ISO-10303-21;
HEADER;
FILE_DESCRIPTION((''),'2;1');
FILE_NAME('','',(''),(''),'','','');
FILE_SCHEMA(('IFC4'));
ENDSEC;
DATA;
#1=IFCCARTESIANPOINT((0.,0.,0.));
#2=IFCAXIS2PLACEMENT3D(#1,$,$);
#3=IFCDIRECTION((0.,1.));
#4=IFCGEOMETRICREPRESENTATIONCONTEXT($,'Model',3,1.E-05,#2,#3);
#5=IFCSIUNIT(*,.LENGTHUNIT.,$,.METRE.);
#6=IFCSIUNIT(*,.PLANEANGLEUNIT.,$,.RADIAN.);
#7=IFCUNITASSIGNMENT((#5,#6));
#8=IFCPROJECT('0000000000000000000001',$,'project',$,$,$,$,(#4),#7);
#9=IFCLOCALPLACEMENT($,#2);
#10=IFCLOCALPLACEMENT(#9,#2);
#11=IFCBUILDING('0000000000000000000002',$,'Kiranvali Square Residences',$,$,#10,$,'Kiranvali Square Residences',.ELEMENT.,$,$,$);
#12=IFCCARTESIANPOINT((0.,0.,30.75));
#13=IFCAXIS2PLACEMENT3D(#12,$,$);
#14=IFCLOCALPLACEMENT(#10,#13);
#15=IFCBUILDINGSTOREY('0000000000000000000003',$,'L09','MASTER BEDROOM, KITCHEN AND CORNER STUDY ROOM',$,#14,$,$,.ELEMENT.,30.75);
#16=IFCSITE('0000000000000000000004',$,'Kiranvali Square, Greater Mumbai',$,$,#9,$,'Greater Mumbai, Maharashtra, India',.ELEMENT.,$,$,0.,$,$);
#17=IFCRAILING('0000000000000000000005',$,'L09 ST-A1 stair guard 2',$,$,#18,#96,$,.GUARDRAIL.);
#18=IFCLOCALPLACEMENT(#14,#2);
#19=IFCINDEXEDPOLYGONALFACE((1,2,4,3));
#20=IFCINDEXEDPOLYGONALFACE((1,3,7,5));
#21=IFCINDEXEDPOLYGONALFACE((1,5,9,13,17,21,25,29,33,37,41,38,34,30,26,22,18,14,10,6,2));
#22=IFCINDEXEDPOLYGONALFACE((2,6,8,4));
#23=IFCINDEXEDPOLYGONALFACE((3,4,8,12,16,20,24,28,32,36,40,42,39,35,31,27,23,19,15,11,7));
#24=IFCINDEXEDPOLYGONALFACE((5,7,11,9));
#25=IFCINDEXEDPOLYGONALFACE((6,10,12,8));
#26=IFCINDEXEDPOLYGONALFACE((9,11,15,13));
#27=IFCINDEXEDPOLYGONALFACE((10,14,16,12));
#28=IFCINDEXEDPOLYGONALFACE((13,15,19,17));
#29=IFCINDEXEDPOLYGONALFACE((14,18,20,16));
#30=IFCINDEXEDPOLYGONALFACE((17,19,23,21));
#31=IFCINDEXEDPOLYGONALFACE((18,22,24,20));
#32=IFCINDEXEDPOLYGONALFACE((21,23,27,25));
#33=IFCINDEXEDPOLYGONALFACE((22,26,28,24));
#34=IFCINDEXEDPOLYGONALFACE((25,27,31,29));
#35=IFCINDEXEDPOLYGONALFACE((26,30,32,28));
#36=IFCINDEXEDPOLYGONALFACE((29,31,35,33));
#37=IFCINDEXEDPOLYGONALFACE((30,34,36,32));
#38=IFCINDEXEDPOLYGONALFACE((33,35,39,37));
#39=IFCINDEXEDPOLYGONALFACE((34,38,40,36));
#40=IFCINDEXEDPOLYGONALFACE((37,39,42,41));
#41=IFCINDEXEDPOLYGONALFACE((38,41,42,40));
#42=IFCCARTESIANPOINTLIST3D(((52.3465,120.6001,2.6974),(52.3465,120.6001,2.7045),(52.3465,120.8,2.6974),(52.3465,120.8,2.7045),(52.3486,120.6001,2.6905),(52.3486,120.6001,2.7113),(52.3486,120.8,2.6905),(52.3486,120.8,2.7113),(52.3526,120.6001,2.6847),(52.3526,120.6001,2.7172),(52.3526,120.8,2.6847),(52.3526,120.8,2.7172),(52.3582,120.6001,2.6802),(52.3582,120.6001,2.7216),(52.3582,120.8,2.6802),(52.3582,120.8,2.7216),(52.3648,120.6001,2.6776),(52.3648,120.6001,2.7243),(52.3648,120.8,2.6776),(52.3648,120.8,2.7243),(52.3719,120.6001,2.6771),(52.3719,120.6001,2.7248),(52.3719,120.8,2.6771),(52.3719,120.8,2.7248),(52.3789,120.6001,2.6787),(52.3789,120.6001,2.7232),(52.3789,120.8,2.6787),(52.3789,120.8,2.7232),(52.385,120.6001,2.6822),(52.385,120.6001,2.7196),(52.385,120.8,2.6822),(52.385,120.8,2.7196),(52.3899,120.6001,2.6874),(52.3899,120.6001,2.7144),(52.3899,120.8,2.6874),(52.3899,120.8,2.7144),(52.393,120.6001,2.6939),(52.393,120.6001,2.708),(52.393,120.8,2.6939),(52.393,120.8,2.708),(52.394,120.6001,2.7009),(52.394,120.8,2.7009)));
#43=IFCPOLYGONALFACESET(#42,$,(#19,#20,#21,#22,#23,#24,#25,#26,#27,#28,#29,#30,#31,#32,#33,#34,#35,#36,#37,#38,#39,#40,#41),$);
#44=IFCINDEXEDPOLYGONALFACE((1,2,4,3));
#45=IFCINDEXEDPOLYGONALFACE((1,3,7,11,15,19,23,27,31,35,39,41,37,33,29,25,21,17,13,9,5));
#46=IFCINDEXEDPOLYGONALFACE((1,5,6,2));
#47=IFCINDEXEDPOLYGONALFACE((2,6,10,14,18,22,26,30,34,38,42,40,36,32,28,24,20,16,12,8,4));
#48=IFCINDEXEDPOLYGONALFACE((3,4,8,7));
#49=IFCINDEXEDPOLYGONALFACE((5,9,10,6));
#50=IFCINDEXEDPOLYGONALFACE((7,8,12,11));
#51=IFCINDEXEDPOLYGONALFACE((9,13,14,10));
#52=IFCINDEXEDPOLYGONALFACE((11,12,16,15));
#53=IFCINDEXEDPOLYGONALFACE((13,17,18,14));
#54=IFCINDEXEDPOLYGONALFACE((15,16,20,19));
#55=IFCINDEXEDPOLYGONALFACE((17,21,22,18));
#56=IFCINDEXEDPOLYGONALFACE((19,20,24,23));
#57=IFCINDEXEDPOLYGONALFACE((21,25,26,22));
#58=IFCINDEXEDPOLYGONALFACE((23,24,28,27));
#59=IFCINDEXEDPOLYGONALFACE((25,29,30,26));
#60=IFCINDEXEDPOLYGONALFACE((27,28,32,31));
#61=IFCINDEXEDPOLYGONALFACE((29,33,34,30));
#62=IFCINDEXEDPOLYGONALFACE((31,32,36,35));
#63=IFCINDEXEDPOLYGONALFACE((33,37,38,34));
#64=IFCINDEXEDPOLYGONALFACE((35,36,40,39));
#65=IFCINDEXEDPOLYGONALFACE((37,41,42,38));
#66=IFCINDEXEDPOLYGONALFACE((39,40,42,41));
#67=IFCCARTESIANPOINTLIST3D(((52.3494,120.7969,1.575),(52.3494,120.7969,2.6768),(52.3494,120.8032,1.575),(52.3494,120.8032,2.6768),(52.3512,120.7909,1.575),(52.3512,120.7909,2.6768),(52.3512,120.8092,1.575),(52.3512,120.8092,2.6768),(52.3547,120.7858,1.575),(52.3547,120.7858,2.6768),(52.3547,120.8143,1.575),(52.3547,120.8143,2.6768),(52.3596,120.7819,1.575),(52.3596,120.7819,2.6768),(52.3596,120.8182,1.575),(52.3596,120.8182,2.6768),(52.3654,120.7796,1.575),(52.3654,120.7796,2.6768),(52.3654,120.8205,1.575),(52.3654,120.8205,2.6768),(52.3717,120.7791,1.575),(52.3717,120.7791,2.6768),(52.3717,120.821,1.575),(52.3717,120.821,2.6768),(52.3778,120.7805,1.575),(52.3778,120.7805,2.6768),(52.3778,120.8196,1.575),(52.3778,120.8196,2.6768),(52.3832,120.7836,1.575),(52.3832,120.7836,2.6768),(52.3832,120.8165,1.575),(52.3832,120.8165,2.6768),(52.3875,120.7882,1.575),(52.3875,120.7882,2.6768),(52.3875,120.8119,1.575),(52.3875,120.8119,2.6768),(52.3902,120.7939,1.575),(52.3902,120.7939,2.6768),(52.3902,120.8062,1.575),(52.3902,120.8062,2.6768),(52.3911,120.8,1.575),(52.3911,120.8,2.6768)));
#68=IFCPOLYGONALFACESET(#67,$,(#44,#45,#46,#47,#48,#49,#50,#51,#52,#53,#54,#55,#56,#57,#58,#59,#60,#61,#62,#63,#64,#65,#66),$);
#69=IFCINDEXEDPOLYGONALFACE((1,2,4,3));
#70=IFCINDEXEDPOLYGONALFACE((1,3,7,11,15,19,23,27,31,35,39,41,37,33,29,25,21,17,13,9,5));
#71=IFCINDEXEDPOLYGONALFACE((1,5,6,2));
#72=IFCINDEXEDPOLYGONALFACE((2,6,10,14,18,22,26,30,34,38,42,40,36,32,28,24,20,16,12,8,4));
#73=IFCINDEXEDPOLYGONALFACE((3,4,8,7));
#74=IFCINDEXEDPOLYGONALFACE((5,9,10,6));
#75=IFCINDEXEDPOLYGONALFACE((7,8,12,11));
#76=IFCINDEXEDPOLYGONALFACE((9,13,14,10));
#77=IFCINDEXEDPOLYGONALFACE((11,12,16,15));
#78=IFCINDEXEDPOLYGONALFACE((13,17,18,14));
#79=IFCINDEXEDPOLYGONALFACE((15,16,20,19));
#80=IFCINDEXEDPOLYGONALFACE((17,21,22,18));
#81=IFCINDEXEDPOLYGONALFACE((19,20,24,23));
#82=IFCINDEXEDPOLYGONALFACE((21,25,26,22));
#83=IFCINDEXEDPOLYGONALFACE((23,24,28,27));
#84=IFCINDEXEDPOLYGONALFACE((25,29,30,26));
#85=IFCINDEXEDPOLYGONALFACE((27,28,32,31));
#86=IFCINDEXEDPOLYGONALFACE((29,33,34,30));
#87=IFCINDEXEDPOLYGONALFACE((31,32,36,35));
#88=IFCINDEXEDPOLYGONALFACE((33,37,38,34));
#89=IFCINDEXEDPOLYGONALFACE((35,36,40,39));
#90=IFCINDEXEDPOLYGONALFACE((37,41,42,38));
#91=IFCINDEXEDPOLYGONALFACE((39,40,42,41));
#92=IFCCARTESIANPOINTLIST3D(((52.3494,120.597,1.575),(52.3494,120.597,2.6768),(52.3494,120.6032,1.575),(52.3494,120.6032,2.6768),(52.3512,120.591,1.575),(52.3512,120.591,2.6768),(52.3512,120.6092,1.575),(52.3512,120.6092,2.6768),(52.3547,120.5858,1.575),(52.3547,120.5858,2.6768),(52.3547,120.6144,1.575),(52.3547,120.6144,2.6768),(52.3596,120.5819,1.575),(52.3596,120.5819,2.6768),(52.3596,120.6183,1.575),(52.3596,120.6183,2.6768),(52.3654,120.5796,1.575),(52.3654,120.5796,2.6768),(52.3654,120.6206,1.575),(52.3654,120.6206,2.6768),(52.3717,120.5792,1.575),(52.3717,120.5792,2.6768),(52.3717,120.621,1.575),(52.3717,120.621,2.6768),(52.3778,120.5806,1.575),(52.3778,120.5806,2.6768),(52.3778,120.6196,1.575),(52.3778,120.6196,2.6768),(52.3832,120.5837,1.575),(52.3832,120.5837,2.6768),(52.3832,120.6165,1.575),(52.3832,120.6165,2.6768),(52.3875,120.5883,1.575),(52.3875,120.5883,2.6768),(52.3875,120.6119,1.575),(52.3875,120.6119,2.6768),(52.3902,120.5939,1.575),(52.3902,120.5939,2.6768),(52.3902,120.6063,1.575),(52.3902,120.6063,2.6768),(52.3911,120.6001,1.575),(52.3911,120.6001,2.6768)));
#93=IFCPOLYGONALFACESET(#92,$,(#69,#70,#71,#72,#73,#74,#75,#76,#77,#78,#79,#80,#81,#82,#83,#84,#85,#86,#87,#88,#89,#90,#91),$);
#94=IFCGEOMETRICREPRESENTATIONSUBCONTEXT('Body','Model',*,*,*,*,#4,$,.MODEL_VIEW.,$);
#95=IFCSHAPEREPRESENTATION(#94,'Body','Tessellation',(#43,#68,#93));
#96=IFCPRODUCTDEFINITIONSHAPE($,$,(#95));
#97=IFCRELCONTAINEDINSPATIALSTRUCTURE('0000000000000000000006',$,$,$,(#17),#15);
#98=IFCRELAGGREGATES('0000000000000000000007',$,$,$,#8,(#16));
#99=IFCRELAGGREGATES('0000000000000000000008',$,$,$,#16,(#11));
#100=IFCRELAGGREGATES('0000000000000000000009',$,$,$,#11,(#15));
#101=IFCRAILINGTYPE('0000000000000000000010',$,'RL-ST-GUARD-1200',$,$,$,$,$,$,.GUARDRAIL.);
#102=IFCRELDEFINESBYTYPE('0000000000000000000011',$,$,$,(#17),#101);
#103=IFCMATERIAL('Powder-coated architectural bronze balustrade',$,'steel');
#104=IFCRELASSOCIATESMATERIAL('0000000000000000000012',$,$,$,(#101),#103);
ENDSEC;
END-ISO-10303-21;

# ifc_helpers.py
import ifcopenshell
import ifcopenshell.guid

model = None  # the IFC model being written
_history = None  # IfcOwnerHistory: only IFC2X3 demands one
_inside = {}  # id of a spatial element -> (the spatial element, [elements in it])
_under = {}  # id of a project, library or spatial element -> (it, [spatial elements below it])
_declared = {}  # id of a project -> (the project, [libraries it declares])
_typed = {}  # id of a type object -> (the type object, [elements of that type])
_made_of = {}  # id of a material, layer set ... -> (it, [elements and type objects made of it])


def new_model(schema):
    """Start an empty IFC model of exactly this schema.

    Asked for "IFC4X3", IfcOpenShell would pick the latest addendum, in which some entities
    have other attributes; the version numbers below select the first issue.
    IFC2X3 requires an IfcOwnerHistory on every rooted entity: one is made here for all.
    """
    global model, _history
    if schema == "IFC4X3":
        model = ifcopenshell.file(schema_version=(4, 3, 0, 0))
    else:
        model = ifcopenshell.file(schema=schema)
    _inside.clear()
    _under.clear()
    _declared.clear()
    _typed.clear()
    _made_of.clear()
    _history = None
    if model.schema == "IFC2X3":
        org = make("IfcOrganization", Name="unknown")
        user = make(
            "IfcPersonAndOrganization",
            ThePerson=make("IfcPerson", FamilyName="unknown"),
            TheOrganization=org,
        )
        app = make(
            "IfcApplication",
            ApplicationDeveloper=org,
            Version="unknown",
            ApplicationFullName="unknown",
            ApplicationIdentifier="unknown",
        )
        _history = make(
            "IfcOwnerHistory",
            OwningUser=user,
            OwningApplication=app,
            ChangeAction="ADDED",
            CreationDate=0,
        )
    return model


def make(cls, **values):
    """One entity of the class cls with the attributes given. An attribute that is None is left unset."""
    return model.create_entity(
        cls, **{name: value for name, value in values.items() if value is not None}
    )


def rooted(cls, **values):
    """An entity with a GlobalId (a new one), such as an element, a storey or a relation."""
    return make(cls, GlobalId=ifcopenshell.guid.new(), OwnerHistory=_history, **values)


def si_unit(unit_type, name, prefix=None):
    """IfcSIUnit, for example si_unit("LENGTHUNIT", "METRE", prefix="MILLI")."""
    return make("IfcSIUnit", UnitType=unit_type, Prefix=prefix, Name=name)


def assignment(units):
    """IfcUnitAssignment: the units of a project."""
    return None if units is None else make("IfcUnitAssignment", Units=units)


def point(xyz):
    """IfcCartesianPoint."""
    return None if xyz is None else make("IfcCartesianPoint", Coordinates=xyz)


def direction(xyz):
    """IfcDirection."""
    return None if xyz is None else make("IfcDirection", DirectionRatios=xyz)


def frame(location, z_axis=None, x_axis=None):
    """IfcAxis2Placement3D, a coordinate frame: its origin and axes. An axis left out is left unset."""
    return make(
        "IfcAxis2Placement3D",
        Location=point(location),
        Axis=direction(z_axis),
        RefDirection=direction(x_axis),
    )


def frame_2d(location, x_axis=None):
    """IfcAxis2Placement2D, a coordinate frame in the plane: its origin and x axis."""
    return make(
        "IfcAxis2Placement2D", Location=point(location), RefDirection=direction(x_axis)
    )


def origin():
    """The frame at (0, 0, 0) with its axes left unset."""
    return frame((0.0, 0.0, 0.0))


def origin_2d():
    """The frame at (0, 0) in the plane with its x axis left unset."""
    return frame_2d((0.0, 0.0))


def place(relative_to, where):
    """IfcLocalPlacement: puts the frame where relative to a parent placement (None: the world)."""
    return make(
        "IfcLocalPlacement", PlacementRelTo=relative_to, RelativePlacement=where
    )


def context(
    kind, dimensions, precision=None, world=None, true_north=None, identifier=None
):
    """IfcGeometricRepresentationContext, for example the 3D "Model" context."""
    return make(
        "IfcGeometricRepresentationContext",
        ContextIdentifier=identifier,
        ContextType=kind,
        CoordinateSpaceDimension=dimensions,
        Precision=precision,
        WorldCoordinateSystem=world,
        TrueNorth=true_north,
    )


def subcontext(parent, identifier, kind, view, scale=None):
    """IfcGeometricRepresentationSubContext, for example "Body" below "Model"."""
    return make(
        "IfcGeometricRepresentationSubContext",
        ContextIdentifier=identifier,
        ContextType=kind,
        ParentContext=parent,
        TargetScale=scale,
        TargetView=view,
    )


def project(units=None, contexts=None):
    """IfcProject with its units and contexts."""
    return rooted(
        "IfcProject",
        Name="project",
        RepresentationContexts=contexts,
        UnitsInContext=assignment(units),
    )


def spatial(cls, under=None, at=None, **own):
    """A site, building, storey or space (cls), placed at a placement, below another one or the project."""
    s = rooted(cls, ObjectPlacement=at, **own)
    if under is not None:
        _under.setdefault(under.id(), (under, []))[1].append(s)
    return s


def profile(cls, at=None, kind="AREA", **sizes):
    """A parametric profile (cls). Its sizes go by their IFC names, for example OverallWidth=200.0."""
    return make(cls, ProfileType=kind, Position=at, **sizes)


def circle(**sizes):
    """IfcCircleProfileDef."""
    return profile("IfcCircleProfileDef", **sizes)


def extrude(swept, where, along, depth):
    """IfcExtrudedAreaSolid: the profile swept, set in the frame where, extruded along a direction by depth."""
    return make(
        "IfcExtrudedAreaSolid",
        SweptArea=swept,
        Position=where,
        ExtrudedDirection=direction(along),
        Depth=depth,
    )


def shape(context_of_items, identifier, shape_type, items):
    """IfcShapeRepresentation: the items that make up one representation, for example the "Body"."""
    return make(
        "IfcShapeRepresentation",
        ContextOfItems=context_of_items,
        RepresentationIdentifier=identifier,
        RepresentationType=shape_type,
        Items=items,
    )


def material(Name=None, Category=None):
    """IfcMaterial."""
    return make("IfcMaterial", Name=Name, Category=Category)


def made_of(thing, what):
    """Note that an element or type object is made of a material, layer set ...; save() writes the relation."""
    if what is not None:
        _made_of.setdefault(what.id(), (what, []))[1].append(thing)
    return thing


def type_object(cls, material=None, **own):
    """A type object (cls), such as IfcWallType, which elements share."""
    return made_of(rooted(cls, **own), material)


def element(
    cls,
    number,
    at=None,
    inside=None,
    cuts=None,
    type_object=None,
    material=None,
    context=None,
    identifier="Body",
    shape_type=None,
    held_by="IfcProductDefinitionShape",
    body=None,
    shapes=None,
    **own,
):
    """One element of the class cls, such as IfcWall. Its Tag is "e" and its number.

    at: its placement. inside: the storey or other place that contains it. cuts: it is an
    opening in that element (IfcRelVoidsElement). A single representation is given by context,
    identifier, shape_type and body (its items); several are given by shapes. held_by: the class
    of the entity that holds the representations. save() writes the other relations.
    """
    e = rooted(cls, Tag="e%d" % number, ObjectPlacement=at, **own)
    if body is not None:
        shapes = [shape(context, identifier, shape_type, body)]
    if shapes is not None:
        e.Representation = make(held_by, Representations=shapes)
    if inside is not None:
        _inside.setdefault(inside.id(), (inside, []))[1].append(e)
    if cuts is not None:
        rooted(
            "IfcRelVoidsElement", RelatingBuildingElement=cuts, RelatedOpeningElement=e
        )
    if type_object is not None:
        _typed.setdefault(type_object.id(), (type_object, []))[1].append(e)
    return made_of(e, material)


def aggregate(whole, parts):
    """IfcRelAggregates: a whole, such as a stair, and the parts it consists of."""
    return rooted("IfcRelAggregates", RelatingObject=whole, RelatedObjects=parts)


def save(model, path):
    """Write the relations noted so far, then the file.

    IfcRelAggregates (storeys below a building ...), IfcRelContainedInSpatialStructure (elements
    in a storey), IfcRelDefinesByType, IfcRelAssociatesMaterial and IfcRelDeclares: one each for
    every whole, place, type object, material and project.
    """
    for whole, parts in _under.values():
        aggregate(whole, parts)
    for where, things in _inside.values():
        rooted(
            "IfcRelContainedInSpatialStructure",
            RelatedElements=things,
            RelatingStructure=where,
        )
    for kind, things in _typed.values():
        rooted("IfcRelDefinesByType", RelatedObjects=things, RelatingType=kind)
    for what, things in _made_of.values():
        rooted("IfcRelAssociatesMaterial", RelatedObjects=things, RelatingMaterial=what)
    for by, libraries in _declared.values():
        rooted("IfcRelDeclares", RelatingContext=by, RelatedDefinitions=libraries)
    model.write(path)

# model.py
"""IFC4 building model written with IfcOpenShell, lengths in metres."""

from ifc_helpers import new_model, si_unit, direction, frame, origin, origin_2d, place, context, subcontext, project, spatial, circle, extrude, material, type_object, element, save


model = new_model("IFC4")

# Units and contexts
model_context = context("Model", 3, precision=1e-05, world=origin(), true_north=direction((0.0, 1.0)))
body_context = subcontext(model_context, "Body", "Model", "MODEL_VIEW")
ifc_project = project(units=[si_unit("LENGTHUNIT", "METRE"), si_unit("PLANEANGLEUNIT", "RADIAN")], contexts=[model_context])

# Site, building, storey
site_placement = place(None, origin())
site = spatial("IfcSite", under=ifc_project, at=site_placement, Name="Kiranvali Square, Greater Mumbai", LongName="Greater Mumbai, Maharashtra, India", CompositionType="ELEMENT", RefElevation=0.0)
building_placement = place(site_placement, origin())
building = spatial("IfcBuilding", under=site, at=building_placement, Name="Kiranvali Square Residences", LongName="Kiranvali Square Residences", CompositionType="ELEMENT")
storey_placement = place(building_placement, frame((0.0, 0.0, 30.75)))
storey = spatial("IfcBuildingStorey", under=building, at=storey_placement, Name="L09", Description="MASTER BEDROOM, KITCHEN AND CORNER STUDY ROOM", CompositionType="ELEMENT", Elevation=30.75)

# Railing
ifc_material_1 = material(Name="Powder-coated architectural bronze balustrade", Category="steel")
railing_type_1 = type_object("IfcRailingType", Name="RL-ST-GUARD-1200", PredefinedType="GUARDRAIL", material=ifc_material_1)
railing_1_placement = place(storey_placement, frame((52.3701, 120.8, 1.575)))
element("IfcRailing", 1, at=railing_1_placement, inside=storey, type_object=railing_type_1, Name="L09 ST-A1 stair guard 2", PredefinedType="GUARDRAIL", context=body_context, shape_type="SweptSolid", body=[
    extrude(circle(Radius=0.0239, at=origin_2d()), frame((0.0, 0.0, 1.126), z_axis=(0.0, -1.0, 0.0), x_axis=(1.0, 0.0, 0.0)), (0.0, 0.0, 1.0), 0.2),
    extrude(circle(Radius=0.021, at=origin_2d()), origin(), (0.0, 0.0, 1.0), 1.1018),
    extrude(circle(Radius=0.021, at=origin_2d()), frame((0.0, -0.2, 0.0)), (0.0, 0.0, 1.0), 1.1018),
])

save(model, "model.ifc")
